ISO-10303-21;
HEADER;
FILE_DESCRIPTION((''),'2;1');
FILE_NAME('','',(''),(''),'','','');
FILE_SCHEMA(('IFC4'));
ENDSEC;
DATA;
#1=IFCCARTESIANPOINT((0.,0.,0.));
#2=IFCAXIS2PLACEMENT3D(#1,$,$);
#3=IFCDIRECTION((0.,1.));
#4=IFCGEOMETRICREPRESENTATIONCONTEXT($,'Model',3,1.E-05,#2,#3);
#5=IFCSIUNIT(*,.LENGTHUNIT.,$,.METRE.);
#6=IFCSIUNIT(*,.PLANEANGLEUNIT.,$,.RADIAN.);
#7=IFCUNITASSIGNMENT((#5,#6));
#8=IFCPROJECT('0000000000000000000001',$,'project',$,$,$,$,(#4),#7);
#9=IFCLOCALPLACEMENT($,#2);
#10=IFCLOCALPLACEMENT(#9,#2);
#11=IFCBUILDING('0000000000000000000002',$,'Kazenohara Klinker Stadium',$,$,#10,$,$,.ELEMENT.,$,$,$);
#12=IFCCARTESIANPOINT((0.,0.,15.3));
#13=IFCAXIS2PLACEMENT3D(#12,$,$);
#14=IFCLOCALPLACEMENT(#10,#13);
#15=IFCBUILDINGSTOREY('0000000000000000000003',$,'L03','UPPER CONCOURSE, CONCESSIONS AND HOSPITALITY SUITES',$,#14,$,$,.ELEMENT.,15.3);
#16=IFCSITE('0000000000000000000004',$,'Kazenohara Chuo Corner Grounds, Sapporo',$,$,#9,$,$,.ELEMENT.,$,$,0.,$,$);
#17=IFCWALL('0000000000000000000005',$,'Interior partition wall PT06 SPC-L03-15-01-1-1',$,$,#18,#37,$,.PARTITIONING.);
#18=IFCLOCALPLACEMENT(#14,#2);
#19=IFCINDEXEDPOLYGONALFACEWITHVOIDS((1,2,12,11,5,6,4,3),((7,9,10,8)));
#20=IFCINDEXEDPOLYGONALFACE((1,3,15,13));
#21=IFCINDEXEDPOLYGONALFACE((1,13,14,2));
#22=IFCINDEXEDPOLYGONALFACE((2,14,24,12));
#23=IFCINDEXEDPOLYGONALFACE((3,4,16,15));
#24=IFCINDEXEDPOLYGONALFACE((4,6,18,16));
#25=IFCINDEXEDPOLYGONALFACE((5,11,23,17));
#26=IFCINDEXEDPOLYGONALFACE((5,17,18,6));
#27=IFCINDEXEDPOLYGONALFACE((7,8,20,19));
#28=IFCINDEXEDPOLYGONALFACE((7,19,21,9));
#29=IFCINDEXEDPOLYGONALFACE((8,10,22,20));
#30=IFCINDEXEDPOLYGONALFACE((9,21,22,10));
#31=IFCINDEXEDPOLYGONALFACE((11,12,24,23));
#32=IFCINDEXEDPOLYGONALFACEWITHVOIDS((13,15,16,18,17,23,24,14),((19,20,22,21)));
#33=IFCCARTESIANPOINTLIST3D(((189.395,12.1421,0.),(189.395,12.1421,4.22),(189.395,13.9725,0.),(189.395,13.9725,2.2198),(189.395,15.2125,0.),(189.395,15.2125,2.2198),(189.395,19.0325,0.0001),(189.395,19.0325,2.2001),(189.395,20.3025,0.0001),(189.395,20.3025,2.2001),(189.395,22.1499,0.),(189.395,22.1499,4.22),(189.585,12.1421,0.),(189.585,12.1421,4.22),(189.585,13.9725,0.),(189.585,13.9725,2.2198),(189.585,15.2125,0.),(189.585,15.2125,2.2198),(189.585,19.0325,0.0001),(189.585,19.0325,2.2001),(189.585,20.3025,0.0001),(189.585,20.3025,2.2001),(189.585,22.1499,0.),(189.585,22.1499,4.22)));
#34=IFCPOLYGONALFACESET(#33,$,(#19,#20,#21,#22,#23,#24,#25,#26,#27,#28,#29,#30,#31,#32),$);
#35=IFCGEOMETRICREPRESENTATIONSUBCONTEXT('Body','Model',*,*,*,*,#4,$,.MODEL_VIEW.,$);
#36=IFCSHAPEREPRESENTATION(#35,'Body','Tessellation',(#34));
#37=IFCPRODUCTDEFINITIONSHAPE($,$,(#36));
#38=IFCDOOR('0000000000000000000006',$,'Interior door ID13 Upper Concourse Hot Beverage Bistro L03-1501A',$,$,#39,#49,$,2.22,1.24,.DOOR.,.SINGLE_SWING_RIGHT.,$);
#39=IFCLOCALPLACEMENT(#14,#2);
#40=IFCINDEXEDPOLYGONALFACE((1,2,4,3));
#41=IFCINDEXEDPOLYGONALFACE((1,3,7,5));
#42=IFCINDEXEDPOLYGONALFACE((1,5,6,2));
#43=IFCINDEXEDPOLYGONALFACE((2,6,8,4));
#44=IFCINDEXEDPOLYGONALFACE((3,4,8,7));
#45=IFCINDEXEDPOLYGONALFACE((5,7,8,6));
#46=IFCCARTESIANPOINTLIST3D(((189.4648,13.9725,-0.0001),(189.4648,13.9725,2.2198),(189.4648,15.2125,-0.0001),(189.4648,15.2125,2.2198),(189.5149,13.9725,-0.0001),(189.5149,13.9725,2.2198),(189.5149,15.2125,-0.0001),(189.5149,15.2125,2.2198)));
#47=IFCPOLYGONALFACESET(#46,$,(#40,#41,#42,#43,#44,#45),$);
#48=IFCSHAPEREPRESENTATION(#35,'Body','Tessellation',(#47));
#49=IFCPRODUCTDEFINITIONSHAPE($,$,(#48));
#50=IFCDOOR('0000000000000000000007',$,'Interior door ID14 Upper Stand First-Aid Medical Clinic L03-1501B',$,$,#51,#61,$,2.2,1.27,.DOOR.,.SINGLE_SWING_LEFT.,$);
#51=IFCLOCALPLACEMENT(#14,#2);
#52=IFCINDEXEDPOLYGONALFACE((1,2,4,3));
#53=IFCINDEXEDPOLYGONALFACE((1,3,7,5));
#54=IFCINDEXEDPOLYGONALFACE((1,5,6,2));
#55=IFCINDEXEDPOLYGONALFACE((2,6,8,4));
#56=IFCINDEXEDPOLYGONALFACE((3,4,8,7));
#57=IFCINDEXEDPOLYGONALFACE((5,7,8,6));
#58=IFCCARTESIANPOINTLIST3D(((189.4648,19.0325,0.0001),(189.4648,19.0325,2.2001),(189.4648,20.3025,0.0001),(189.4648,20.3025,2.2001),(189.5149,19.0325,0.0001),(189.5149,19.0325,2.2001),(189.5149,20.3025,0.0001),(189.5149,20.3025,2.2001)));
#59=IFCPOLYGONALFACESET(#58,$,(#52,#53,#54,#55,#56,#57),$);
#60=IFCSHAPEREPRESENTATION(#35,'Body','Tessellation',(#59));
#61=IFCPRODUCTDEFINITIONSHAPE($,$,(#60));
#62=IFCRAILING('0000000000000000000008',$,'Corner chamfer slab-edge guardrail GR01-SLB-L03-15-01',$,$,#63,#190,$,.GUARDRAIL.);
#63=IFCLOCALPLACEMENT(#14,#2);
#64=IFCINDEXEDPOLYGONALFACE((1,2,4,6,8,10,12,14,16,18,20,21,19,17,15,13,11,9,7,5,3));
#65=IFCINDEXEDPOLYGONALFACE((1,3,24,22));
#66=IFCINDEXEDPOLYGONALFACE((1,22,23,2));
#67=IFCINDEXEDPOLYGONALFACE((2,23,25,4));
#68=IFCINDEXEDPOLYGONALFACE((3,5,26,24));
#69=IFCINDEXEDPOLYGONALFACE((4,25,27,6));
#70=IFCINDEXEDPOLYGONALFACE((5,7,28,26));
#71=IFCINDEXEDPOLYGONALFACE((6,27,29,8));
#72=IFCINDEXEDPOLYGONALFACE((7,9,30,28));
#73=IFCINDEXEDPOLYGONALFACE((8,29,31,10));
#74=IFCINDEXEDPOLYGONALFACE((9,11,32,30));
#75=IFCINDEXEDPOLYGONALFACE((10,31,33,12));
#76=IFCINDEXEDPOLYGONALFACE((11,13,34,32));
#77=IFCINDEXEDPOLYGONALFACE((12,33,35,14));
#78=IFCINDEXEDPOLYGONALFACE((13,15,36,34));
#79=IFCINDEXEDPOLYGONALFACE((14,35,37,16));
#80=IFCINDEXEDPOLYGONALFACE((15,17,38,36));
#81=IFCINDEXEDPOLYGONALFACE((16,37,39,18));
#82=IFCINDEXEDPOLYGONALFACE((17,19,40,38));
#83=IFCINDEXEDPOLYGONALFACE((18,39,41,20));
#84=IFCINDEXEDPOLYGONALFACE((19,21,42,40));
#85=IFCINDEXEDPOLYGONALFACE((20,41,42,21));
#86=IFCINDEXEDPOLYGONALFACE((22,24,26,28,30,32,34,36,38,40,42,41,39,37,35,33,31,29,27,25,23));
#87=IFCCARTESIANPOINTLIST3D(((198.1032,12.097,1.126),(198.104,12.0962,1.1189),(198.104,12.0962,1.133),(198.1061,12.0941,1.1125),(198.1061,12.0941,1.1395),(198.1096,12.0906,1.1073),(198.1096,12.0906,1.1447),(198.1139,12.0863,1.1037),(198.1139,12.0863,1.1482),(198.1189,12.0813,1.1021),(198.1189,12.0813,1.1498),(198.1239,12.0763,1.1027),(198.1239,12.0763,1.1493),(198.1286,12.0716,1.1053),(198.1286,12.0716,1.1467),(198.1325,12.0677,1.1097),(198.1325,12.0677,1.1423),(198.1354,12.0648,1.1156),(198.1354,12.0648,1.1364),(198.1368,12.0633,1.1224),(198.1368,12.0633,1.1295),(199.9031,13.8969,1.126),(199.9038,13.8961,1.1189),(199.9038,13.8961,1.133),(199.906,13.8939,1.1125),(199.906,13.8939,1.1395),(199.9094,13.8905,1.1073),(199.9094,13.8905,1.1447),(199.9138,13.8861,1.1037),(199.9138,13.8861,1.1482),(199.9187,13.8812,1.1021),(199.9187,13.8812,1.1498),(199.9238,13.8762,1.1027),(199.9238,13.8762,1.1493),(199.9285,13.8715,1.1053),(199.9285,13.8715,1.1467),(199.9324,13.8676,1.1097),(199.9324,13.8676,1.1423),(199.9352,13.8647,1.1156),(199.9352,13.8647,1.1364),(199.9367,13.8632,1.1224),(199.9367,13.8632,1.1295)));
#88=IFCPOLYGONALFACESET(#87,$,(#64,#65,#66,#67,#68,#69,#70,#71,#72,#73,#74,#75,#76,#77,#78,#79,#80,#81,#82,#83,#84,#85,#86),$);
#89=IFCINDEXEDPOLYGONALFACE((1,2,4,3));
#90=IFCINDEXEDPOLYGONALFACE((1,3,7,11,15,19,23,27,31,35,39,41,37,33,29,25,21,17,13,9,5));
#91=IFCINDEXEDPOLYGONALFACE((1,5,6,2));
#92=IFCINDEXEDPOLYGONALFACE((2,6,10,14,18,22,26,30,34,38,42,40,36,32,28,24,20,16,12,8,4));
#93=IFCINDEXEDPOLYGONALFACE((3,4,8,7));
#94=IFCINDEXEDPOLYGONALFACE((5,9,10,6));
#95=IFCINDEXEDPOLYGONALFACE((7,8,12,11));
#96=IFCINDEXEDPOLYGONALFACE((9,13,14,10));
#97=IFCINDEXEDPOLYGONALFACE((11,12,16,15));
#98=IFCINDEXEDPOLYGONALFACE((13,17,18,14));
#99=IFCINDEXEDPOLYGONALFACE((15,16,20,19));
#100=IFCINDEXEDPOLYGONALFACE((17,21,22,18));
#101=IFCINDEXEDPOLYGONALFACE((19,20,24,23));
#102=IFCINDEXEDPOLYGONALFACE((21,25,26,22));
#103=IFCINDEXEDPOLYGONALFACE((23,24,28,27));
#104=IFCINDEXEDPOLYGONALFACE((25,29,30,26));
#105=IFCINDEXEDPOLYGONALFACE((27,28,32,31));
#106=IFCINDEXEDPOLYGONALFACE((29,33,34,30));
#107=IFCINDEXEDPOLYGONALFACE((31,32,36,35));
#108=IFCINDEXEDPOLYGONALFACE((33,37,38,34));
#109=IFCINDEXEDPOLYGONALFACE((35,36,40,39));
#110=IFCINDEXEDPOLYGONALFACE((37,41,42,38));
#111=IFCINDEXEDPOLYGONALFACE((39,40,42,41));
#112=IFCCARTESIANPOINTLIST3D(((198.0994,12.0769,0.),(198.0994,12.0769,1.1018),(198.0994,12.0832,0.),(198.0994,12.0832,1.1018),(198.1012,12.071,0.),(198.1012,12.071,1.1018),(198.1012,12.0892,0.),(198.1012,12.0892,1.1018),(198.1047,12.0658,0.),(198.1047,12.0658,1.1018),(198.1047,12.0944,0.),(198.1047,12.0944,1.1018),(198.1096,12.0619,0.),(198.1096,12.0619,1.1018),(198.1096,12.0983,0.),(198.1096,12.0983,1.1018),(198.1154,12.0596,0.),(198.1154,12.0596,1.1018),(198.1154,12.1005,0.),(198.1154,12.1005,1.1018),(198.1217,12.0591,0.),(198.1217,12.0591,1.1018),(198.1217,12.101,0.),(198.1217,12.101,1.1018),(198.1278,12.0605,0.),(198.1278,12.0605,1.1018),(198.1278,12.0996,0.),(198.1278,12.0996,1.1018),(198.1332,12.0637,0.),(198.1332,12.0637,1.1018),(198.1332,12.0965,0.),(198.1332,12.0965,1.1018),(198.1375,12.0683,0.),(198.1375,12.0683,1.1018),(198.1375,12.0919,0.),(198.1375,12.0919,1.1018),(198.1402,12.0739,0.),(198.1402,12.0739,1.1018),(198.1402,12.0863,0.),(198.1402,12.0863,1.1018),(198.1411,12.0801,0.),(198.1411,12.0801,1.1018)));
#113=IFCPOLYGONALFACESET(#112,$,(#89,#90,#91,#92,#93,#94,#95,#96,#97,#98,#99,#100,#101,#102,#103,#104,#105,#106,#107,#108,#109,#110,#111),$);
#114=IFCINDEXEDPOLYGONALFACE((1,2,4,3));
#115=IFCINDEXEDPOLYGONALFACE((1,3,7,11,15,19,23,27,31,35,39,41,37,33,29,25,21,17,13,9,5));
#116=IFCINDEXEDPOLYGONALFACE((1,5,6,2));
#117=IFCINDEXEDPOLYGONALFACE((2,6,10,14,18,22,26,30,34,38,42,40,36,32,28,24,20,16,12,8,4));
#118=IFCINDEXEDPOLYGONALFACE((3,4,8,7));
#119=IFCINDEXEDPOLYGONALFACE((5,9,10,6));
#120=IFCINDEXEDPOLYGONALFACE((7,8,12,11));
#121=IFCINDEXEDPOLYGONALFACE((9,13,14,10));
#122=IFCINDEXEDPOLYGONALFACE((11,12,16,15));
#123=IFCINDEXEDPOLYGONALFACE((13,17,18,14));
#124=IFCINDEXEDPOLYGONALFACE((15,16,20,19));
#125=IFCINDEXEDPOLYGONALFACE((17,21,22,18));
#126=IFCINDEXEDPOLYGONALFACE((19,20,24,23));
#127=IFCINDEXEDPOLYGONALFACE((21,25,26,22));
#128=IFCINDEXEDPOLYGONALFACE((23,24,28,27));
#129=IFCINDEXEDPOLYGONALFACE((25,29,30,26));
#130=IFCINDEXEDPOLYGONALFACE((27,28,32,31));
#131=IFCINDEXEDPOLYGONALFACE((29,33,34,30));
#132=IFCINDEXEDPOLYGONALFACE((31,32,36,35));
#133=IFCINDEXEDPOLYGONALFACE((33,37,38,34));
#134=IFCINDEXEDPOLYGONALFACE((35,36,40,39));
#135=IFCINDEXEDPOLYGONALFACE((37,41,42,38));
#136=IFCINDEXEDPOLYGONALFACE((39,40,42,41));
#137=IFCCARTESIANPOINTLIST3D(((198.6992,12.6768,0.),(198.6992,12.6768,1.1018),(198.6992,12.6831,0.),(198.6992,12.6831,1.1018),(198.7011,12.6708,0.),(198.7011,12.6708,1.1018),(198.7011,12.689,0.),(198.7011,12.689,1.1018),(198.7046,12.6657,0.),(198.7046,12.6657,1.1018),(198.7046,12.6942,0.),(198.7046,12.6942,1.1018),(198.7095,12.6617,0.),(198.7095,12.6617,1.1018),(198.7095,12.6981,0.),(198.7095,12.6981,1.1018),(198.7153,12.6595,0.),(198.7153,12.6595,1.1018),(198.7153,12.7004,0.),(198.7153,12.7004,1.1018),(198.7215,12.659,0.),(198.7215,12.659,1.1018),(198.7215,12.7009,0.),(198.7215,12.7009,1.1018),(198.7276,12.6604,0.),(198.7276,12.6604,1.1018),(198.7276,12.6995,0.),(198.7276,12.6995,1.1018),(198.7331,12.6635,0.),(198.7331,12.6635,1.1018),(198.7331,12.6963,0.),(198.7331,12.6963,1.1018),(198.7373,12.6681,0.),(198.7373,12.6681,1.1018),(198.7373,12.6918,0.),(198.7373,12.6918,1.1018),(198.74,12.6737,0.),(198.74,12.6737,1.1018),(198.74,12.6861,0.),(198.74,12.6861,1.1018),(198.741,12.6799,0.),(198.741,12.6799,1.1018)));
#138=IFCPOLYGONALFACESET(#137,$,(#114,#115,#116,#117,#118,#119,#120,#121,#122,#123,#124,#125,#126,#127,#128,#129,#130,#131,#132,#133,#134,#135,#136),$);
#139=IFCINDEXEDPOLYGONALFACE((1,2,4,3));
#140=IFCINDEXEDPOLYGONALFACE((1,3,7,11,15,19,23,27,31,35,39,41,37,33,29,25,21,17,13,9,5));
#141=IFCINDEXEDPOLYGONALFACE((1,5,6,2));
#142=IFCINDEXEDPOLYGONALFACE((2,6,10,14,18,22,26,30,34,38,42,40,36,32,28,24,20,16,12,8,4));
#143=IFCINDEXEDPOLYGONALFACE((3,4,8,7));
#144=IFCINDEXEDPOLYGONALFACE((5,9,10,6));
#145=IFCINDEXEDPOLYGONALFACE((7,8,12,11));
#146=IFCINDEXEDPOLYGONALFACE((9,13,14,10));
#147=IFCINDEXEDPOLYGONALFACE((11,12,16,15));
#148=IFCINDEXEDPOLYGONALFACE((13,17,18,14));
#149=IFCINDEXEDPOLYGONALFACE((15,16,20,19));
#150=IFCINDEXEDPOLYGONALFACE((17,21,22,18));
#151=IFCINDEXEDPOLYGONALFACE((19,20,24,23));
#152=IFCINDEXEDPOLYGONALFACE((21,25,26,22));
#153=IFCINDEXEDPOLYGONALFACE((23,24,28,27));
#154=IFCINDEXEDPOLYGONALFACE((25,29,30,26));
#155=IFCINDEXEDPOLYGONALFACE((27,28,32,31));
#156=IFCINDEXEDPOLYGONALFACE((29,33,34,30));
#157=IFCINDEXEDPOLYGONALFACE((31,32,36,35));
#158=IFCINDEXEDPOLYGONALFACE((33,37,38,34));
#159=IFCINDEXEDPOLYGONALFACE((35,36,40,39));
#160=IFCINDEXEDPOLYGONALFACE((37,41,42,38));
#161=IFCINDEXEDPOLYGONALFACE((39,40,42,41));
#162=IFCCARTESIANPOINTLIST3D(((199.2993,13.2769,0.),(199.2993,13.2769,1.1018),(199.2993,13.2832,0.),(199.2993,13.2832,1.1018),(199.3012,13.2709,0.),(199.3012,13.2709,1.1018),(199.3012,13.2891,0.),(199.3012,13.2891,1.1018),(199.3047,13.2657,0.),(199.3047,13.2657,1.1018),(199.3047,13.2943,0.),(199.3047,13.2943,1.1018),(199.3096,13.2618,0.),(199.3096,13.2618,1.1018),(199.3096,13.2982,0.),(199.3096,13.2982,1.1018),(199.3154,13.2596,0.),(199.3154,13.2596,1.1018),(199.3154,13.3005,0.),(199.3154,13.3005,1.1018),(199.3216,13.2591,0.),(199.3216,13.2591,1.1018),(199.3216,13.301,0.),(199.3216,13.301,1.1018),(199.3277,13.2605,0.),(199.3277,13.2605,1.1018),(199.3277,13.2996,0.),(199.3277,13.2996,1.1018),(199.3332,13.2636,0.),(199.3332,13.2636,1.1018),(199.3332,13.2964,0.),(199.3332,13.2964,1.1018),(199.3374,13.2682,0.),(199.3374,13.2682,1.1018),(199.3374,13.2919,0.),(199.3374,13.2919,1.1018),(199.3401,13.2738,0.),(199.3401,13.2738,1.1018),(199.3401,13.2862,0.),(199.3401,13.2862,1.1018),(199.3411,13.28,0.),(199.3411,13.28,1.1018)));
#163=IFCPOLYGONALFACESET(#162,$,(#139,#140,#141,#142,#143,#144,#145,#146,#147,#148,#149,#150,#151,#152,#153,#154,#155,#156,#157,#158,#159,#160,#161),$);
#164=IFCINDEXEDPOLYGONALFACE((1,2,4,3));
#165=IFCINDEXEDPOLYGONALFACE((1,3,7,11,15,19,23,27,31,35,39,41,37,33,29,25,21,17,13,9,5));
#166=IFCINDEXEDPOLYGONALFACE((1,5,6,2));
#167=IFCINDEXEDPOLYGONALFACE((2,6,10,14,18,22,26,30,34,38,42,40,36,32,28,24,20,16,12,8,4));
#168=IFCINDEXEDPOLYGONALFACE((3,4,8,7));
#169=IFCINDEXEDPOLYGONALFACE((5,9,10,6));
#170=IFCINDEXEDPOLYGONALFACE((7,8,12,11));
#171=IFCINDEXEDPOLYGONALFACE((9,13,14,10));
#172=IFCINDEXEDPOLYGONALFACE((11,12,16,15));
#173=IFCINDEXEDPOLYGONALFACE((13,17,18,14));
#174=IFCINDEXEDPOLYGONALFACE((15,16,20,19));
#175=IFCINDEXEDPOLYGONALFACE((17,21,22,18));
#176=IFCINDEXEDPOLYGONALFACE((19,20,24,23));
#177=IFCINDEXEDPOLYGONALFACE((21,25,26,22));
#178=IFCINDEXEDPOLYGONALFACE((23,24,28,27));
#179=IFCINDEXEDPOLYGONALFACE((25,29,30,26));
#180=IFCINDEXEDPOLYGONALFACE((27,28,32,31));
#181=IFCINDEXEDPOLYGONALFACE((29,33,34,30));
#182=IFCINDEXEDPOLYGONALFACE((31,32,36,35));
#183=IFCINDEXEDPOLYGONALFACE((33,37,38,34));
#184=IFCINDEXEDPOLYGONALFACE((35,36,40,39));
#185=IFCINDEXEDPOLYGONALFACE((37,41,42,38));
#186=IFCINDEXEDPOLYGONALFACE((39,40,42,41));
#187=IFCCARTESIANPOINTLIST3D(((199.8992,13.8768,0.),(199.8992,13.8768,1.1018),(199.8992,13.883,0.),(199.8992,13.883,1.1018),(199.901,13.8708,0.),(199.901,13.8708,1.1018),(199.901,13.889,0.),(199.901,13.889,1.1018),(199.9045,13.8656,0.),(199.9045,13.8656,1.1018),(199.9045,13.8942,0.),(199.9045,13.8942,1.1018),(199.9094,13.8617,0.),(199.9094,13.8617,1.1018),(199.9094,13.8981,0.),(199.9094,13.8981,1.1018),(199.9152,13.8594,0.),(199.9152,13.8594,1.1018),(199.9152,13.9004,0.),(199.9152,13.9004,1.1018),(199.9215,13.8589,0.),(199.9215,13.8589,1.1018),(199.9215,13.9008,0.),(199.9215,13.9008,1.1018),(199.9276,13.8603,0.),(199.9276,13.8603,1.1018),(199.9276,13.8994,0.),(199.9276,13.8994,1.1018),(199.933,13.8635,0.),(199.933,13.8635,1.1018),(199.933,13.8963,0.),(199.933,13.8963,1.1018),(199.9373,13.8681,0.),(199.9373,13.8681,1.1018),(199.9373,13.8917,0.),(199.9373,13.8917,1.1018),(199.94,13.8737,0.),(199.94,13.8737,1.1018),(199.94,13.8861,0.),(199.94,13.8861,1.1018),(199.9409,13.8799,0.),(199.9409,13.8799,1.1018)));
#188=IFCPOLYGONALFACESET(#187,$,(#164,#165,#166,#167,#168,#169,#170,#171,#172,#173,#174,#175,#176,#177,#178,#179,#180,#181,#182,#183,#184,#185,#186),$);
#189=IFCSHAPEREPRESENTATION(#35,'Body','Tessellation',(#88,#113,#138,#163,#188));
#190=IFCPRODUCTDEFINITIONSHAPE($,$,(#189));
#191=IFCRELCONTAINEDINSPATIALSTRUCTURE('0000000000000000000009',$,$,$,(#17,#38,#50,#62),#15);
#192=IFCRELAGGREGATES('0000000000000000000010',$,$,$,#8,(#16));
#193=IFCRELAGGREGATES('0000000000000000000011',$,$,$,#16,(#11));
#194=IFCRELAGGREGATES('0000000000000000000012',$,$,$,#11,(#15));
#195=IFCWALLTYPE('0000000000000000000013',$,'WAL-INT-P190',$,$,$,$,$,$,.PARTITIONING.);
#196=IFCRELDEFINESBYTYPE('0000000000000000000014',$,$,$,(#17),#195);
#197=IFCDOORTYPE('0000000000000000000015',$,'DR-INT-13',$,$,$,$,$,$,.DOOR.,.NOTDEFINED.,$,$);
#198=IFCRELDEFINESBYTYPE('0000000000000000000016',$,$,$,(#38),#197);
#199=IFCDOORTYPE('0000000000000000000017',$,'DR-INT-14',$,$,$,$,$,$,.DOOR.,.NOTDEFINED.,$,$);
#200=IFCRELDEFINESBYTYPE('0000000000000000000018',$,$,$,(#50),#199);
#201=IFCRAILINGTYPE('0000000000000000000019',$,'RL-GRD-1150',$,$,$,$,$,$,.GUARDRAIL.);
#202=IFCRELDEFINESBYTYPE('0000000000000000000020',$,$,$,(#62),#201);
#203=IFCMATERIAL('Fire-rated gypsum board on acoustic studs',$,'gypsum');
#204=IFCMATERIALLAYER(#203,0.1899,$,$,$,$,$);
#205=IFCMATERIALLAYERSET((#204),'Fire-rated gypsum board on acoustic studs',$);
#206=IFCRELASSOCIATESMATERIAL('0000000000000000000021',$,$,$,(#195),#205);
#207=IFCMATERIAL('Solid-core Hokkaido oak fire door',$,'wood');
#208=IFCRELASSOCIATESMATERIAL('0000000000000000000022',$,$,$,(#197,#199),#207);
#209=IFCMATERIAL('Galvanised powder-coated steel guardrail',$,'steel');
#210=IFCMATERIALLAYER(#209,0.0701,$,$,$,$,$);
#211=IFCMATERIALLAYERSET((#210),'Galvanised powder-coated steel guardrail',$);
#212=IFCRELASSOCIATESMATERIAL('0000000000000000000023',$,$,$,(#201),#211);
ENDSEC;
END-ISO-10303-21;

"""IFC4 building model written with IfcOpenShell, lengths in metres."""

from ifc_helpers import new_model, si_unit, direction, frame, frame_2d, origin, origin_2d, place, context, subcontext, project, spatial, rectangle, circle, extrude, material, layer, layer_set, type_object, element, fill, save


model = new_model("IFC4")

# Units and contexts
model_context = context("Model", 3, precision=1e-05, world=origin(), true_north=direction((0.0, 1.0)))
body_context = subcontext(model_context, "Body", "Model", "MODEL_VIEW")
ifc_project = project(units=[si_unit("LENGTHUNIT", "METRE"), si_unit("PLANEANGLEUNIT", "RADIAN")], contexts=[model_context])

# Site, building, storey
site_placement = place(None, origin())
site = spatial("IfcSite", under=ifc_project, at=site_placement, Name="Kazenohara Chuo Corner Grounds, Sapporo", CompositionType="ELEMENT", RefElevation=0.0)
building_placement = place(site_placement, origin())
building = spatial("IfcBuilding", under=site, at=building_placement, Name="Kazenohara Klinker Stadium", CompositionType="ELEMENT")
storey_placement = place(building_placement, frame((0.0, 0.0, 15.3)))
storey = spatial("IfcBuildingStorey", under=building, at=storey_placement, Name="L03", Description="UPPER CONCOURSE, CONCESSIONS AND HOSPITALITY SUITES", CompositionType="ELEMENT", Elevation=15.3)

# Shared definitions
ifc_material_1 = material(Name="Fire-rated gypsum board on acoustic studs", Category="gypsum")

# Wall, openings, doors
ifc_layer_1 = layer(ifc_material_1, 0.1899)
ifc_layer_set_1 = layer_set([ifc_layer_1], Name="Fire-rated gypsum board on acoustic studs")
wall_type_1 = type_object("IfcWallType", Name="WAL-INT-P190", PredefinedType="PARTITIONING", material=ifc_layer_set_1)
wall_1_placement = place(storey_placement, frame((189.49, 12.1421, 0.0), z_axis=(0.0, 0.0, 1.0), x_axis=(0.0, 1.0, 0.0)))
wall_1 = element("IfcWall", 1, at=wall_1_placement, inside=storey, type_object=wall_type_1, Name="Interior partition wall PT06 SPC-L03-15-01-1-1", PredefinedType="PARTITIONING", context=body_context, shape_type="SweptSolid", body=[
    extrude(rectangle(XDim=10.0078, YDim=0.1899, at=frame_2d((5.0039, 0.0))), origin(), (0.0, 0.0, 1.0), 4.22),
])
opening_1_placement = place(wall_1_placement, frame((3.0706, 0.0, 0.0), z_axis=(0.0, 0.0, 1.0), x_axis=(-1.0, 0.0, 0.0)))
opening_1 = element("IfcOpeningElement", 2, at=opening_1_placement, cuts=wall_1, PredefinedType="OPENING", context=body_context, shape_type="SweptSolid", body=[
    extrude(rectangle(XDim=1.24, YDim=2.22, at=frame_2d((0.6201, 1.1099))), frame((0.0, 0.105, 0.0), z_axis=(0.0, -1.0, 0.0), x_axis=(1.0, 0.0, 0.0)), (0.0, 0.0, 1.0), 0.21),
])
opening_2_placement = place(wall_1_placement, frame((8.1604, 0.0, 0.0), z_axis=(0.0, 0.0, 1.0), x_axis=(-1.0, 0.0, 0.0)))
opening_2 = element("IfcOpeningElement", 3, at=opening_2_placement, cuts=wall_1, PredefinedType="OPENING", context=body_context, shape_type="SweptSolid", body=[
    extrude(rectangle(XDim=1.27, YDim=2.2, at=frame_2d((0.635, 1.1001))), frame((0.0, 0.105, 0.0), z_axis=(0.0, -1.0, 0.0), x_axis=(1.0, 0.0, 0.0)), (0.0, 0.0, 1.0), 0.21),
])
ifc_material_2 = material(Name="Solid-core Hokkaido oak fire door", Category="wood")
door_type_1 = type_object("IfcDoorType", Name="DR-INT-13", OperationType="NOTDEFINED", PredefinedType="DOOR", material=ifc_material_2)
door_1_placement = place(opening_1_placement, origin())
door_1 = element("IfcDoor", 4, at=door_1_placement, inside=storey, type_object=door_type_1, Name="Interior door ID13 Upper Concourse Hot Beverage Bistro L03-1501A", OperationType="SINGLE_SWING_RIGHT", OverallHeight=2.22, OverallWidth=1.24, PredefinedType="DOOR", context=body_context, shape_type="SweptSolid", body=[
    extrude(rectangle(XDim=1.24, YDim=2.22, at=frame_2d((0.6201, 1.1099))), frame((0.0, 0.0249, 0.0), z_axis=(0.0, -1.0, 0.0), x_axis=(1.0, 0.0, 0.0)), (0.0, 0.0, 1.0), 0.05),
])
fill(opening_1, door_1)
door_type_2 = type_object("IfcDoorType", Name="DR-INT-14", OperationType="NOTDEFINED", PredefinedType="DOOR", material=ifc_material_2)
door_2_placement = place(opening_2_placement, origin())
door_2 = element("IfcDoor", 5, at=door_2_placement, inside=storey, type_object=door_type_2, Name="Interior door ID14 Upper Stand First-Aid Medical Clinic L03-1501B", OperationType="SINGLE_SWING_LEFT", OverallHeight=2.2, OverallWidth=1.27, PredefinedType="DOOR", context=body_context, shape_type="SweptSolid", body=[
    extrude(rectangle(XDim=1.27, YDim=2.2, at=frame_2d((0.635, 1.1001))), frame((0.0, 0.0249, 0.0), z_axis=(0.0, -1.0, 0.0), x_axis=(1.0, 0.0, 0.0)), (0.0, 0.0, 1.0), 0.05),
])
fill(opening_2, door_2)

# Railing
ifc_material_3 = material(Name="Galvanised powder-coated steel guardrail", Category="steel")
ifc_layer_2 = layer(ifc_material_3, 0.0701)
ifc_layer_set_2 = layer_set([ifc_layer_2], Name="Galvanised powder-coated steel guardrail")
railing_type = type_object("IfcRailingType", Name="RL-GRD-1150", PredefinedType="GUARDRAIL", material=ifc_layer_set_2)
railing_placement = place(storey_placement, frame((198.1201, 12.0801, 0.0)))
element("IfcRailing", 6, at=railing_placement, inside=storey, type_object=railing_type, Name="Corner chamfer slab-edge guardrail GR01-SLB-L03-15-01", PredefinedType="GUARDRAIL", context=body_context, shape_type="SweptSolid", body=[
    extrude(circle(Radius=0.0239, at=origin_2d()), frame((0.0, 0.0, 1.126), z_axis=(0.707107, 0.707107, 0.0), x_axis=(-0.707107, 0.707107, 0.0)), (0.0, 0.0, 1.0), 2.5454),
    extrude(circle(Radius=0.021, at=origin_2d()), origin(), (0.0, 0.0, 1.0), 1.1018),
    extrude(circle(Radius=0.021, at=origin_2d()), frame((0.5999, 0.5999, 0.0)), (0.0, 0.0, 1.0), 1.1018),
    extrude(circle(Radius=0.021, at=origin_2d()), frame((1.2, 1.2, 0.0)), (0.0, 0.0, 1.0), 1.1018),
    extrude(circle(Radius=0.021, at=origin_2d()), frame((1.7998, 1.7998, 0.0)), (0.0, 0.0, 1.0), 1.1018),
])

save(model, "model.ifc")
